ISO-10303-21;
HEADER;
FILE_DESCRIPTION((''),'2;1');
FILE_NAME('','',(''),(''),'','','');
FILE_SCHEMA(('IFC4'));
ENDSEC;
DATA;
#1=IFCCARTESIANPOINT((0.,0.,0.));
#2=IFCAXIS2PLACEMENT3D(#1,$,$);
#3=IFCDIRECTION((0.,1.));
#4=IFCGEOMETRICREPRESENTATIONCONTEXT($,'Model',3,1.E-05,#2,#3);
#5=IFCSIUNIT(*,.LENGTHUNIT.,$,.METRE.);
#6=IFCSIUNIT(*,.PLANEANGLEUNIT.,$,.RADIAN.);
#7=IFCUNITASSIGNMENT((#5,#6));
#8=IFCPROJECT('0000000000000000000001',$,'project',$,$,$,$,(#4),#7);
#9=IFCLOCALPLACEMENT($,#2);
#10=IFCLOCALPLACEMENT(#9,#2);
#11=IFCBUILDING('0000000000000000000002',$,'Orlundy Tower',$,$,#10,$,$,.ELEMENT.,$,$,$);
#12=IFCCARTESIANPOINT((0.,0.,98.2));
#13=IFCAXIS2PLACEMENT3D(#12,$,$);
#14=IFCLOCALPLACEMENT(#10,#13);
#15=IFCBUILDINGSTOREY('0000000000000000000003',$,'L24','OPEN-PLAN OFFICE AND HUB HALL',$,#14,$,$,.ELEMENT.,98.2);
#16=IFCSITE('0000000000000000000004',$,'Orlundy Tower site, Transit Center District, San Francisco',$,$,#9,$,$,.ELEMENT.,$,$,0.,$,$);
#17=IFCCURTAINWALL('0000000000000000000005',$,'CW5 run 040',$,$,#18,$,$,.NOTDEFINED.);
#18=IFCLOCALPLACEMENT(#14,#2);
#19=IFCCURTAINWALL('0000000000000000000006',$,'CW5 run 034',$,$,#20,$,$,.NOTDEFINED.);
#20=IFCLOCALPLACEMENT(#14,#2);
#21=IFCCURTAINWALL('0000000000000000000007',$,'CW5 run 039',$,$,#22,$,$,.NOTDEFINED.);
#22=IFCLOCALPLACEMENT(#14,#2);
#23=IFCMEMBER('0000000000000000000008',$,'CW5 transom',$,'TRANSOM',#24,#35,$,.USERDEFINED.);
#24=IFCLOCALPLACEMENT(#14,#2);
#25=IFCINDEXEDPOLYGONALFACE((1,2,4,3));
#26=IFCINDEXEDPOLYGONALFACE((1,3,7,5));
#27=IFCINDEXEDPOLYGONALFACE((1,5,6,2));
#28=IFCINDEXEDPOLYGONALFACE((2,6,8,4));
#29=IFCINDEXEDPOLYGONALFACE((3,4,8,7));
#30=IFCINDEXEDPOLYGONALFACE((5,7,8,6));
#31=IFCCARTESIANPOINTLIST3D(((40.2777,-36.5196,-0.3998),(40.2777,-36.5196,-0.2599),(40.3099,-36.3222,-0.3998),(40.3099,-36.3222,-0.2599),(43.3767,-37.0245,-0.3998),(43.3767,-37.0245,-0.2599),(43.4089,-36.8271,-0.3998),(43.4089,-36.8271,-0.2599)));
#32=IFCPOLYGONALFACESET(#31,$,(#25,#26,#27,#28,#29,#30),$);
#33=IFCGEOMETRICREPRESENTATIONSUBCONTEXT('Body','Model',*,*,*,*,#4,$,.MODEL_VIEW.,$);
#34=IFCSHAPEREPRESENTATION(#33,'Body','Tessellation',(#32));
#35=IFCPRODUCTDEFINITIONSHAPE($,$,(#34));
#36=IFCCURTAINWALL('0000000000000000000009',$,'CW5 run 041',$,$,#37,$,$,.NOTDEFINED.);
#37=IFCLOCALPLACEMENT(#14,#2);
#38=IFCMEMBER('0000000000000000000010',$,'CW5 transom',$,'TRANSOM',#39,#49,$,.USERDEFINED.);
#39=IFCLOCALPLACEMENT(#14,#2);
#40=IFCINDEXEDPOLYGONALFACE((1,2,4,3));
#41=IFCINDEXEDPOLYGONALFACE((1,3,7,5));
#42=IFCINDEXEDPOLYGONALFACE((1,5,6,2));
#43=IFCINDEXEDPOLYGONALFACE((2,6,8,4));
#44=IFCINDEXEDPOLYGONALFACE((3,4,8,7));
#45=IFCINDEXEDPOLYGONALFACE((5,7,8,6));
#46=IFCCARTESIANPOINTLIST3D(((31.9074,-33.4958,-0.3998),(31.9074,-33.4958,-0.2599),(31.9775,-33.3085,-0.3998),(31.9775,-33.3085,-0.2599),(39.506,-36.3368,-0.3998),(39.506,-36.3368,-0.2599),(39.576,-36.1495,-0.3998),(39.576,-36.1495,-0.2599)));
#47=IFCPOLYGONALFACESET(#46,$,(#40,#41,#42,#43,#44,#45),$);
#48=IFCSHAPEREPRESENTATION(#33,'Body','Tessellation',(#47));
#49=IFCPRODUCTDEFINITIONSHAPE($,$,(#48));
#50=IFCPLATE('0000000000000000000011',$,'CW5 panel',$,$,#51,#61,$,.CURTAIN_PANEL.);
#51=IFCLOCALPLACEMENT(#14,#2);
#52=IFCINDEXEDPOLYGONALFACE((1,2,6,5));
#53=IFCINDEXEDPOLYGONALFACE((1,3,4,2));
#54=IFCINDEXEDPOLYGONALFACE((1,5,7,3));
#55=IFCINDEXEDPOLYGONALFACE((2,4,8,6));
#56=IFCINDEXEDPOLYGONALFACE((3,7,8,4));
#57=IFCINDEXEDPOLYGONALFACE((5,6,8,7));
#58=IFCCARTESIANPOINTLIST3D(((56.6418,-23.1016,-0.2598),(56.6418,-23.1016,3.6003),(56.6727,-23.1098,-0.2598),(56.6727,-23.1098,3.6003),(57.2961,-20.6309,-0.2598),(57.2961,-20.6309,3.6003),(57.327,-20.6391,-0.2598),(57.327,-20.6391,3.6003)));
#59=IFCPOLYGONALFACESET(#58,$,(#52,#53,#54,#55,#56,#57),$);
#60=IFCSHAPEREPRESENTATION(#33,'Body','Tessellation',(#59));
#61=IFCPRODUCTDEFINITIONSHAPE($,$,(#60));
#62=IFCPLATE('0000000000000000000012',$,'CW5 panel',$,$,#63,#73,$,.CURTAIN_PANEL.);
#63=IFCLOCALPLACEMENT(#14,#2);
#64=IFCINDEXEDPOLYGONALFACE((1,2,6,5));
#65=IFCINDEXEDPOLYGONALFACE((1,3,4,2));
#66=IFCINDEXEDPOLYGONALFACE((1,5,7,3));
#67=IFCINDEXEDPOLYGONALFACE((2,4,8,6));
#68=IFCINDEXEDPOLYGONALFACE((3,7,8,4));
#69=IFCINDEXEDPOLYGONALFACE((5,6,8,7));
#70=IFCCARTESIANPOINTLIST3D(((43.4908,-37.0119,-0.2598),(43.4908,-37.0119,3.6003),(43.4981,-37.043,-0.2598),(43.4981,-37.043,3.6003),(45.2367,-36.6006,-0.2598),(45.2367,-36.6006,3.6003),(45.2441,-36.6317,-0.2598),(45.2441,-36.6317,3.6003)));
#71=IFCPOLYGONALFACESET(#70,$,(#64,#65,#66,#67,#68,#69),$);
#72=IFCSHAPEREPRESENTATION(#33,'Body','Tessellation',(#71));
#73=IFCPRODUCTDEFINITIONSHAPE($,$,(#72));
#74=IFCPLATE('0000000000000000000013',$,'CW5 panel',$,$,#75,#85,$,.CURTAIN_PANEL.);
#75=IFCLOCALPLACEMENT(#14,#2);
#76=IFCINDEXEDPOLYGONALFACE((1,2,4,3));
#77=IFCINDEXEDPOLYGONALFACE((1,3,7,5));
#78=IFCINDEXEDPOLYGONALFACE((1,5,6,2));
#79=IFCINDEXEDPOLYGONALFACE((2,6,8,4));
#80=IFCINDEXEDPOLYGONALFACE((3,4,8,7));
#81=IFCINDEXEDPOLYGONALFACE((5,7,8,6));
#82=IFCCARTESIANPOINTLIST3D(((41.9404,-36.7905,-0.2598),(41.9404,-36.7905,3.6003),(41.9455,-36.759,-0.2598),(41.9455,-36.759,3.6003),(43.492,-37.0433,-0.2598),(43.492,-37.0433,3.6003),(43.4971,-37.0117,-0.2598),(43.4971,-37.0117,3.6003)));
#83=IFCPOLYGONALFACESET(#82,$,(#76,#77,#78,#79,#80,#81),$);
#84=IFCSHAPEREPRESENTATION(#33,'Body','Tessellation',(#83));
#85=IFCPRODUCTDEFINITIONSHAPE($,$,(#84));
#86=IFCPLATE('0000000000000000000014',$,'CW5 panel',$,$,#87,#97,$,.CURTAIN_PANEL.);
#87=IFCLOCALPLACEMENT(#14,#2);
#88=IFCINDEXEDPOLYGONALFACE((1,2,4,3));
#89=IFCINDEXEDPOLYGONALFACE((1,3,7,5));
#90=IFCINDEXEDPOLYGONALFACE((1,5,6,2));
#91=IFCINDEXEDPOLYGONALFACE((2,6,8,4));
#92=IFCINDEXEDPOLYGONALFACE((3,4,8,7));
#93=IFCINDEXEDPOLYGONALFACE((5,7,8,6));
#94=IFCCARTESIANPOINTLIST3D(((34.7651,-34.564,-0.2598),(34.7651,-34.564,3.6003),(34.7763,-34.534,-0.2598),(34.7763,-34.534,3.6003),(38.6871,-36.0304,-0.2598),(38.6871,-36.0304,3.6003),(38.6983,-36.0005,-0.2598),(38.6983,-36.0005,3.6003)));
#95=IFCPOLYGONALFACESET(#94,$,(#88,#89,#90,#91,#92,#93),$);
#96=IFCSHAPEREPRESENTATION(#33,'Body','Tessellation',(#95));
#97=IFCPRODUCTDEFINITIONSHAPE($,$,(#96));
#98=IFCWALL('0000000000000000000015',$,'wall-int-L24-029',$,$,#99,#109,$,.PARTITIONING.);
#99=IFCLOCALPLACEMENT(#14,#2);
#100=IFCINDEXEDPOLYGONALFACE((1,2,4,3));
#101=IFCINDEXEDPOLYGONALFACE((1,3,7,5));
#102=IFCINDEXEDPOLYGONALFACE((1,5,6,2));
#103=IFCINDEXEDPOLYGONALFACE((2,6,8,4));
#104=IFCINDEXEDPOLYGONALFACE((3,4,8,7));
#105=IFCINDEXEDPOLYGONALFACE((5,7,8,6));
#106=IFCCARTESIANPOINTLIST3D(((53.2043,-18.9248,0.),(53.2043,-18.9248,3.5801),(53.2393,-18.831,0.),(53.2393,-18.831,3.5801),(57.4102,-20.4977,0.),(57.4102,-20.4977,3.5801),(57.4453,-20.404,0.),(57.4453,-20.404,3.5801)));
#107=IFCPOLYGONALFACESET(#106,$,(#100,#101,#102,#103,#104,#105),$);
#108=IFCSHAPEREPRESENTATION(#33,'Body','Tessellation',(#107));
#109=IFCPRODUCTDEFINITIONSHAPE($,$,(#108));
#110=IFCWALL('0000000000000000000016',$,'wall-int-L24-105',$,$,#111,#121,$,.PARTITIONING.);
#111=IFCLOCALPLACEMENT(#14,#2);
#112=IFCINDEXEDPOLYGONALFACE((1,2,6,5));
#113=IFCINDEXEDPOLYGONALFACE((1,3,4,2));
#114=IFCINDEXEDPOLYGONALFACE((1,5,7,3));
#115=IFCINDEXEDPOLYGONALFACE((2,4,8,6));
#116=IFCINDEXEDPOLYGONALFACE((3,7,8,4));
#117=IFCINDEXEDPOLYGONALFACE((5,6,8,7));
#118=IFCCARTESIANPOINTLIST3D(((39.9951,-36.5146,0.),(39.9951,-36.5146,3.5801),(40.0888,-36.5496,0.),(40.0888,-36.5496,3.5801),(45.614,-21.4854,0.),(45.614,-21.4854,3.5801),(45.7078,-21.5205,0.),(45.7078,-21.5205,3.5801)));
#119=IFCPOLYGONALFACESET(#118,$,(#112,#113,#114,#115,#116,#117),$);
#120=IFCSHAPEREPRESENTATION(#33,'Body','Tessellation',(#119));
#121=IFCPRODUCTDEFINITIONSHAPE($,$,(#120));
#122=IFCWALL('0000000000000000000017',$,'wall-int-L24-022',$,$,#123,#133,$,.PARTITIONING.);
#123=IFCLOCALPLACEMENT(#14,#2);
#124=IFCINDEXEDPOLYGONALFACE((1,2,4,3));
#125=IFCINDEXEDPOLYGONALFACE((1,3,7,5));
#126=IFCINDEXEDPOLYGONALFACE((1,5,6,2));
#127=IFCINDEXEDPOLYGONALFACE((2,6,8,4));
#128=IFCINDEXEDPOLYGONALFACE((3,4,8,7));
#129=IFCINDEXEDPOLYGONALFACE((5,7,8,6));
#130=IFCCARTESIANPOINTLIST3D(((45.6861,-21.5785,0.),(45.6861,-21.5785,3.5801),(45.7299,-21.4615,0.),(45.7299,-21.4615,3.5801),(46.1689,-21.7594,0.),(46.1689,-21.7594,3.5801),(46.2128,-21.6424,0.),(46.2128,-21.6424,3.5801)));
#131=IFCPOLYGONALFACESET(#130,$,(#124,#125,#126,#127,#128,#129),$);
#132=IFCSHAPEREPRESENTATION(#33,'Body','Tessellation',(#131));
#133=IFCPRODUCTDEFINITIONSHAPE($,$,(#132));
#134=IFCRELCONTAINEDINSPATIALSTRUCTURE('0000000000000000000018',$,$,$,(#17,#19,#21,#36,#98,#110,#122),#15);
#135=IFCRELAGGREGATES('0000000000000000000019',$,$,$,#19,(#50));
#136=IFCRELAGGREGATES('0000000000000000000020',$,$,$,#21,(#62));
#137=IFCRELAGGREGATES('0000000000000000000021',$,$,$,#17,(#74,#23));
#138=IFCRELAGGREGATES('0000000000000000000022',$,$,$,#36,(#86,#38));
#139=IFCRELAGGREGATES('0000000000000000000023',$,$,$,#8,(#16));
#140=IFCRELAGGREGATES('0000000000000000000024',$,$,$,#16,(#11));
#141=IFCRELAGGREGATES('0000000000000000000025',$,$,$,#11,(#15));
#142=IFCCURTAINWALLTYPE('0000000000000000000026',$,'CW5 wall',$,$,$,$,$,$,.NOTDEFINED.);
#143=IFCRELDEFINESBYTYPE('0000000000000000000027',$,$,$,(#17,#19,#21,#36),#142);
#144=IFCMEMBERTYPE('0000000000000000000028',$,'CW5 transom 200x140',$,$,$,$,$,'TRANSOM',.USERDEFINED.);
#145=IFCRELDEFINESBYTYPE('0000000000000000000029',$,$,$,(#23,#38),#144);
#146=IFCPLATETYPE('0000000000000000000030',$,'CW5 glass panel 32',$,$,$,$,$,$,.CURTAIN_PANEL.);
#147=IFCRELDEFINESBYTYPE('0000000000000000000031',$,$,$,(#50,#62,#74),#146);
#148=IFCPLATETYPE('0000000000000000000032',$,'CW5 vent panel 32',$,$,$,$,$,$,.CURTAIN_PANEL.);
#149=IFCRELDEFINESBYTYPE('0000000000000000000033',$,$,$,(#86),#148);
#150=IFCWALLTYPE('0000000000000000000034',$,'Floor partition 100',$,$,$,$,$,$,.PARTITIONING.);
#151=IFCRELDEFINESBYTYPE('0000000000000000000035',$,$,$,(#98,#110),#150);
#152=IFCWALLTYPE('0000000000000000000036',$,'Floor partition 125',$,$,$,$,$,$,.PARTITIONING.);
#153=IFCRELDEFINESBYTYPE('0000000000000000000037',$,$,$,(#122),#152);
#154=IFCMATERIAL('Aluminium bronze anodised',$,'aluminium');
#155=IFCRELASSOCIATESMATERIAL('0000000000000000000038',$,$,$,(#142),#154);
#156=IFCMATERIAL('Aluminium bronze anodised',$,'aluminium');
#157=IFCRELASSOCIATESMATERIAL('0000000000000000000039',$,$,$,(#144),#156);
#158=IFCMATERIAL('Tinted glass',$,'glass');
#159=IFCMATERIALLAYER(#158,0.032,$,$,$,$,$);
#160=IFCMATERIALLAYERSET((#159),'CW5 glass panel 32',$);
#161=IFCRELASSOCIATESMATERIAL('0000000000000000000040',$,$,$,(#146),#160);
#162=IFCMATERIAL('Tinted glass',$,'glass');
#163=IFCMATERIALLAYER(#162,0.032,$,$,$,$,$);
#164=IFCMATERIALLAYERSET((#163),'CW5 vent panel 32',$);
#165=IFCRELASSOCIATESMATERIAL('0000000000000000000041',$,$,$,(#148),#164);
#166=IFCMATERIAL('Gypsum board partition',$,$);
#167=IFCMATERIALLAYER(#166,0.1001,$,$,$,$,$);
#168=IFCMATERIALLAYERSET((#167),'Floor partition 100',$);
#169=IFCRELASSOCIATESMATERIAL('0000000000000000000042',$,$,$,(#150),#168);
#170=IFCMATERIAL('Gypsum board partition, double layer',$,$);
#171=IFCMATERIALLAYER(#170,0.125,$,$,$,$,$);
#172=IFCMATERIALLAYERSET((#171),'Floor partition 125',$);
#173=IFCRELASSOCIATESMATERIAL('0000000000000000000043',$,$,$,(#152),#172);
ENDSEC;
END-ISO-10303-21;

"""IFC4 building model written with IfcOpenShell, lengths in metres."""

from ifc_helpers import new_model, si_unit, direction, frame, frame_2d, origin, origin_2d, place, context, subcontext, project, spatial, rectangle, extrude, material, layer, layer_set, material_profile, profile_set, type_object, element, aggregate, save


model = new_model("IFC4")

# Units and contexts
model_context = context("Model", 3, precision=1e-05, world=origin(), true_north=direction((0.0, 1.0)))
body_context = subcontext(model_context, "Body", "Model", "MODEL_VIEW")
ifc_project = project(units=[si_unit("LENGTHUNIT", "METRE"), si_unit("PLANEANGLEUNIT", "RADIAN")], contexts=[model_context])

# Site, building, storey
site_placement = place(None, origin())
site = spatial("IfcSite", under=ifc_project, at=site_placement, Name="Orlundy Tower site, Transit Center District, San Francisco", CompositionType="ELEMENT", RefElevation=0.0)
building_placement = place(site_placement, origin())
building = spatial("IfcBuilding", under=site, at=building_placement, Name="Orlundy Tower", CompositionType="ELEMENT")
storey_placement = place(building_placement, frame((0.0, 0.0, 98.2)))
storey = spatial("IfcBuildingStorey", under=building, at=storey_placement, Name="L24", Description="OPEN-PLAN OFFICE AND HUB HALL", CompositionType="ELEMENT", Elevation=98.2)

# Curtain wall
ifc_material_1 = material(Name="Aluminium bronze anodised", Category="aluminium")
curtain_wall_type = type_object("IfcCurtainWallType", Name="CW5 wall", PredefinedType="NOTDEFINED", material=ifc_material_1)
curtain_wall_1_placement = place(storey_placement, origin())
curtain_wall_1 = element("IfcCurtainWall", 1, at=curtain_wall_1_placement, inside=storey, type_object=curtain_wall_type, Name="CW5 run 040", PredefinedType="NOTDEFINED")

# Curtain wall
curtain_wall_2_placement = place(storey_placement, origin())
curtain_wall_2 = element("IfcCurtainWall", 2, at=curtain_wall_2_placement, inside=storey, type_object=curtain_wall_type, Name="CW5 run 034", PredefinedType="NOTDEFINED")
ifc_material_2 = material(Name="Aluminium bronze anodised", Category="aluminium")
ifc_material_profile_1 = material_profile(ifc_material_2, rectangle(XDim=0.2, YDim=0.1399, at=origin_2d()), Name="CW5 transom 200x140")
ifc_profile_set_1 = profile_set([ifc_material_profile_1], Name="Aluminium bronze anodised")
member_type_1 = type_object("IfcMemberType", Name="CW5 transom 200x140", ElementType="TRANSOM", PredefinedType="USERDEFINED", material=ifc_profile_set_1)

# Curtain wall
curtain_wall_3_placement = place(storey_placement, origin())
curtain_wall_3 = element("IfcCurtainWall", 3, at=curtain_wall_3_placement, inside=storey, type_object=curtain_wall_type, Name="CW5 run 039", PredefinedType="NOTDEFINED")

# Member
member_1_placement = place(storey_placement, frame((43.3928, -36.9258, -0.3298), z_axis=(-0.986988, 0.160792, 0.0), x_axis=(-0.160792, -0.986988, 0.0)))
member_1 = element("IfcMember", 4, at=member_1_placement, type_object=member_type_1, Name="CW5 transom", ObjectType="TRANSOM", PredefinedType="USERDEFINED", context=body_context, shape_type="SweptSolid", body=[
    extrude(rectangle(XDim=0.2, YDim=0.1399, at=origin_2d()), origin(), (0.0, 0.0, 1.0), 3.1399),
])

# Curtain wall, member
curtain_wall_4_placement = place(storey_placement, origin())
curtain_wall_4 = element("IfcCurtainWall", 5, at=curtain_wall_4_placement, inside=storey, type_object=curtain_wall_type, Name="CW5 run 041", PredefinedType="NOTDEFINED")
member_2_placement = place(storey_placement, frame((39.541, -36.2432, -0.3298), z_axis=(-0.93667, 0.350213, 0.0), x_axis=(-0.350213, -0.93667, 0.0)))
member_2 = element("IfcMember", 6, at=member_2_placement, type_object=member_type_1, Name="CW5 transom", ObjectType="TRANSOM", PredefinedType="USERDEFINED", context=body_context, shape_type="SweptSolid", body=[
    extrude(rectangle(XDim=0.2, YDim=0.1399, at=origin_2d()), origin(), (0.0, 0.0, 1.0), 8.1123),
])

# Plates
ifc_material_3 = material(Name="Tinted glass", Category="glass")
ifc_layer_1 = layer(ifc_material_3, 0.032)
ifc_layer_set_1 = layer_set([ifc_layer_1], Name="CW5 glass panel 32")
plate_type_1 = type_object("IfcPlateType", Name="CW5 glass panel 32", PredefinedType="CURTAIN_PANEL", material=ifc_layer_set_1)
plate_1_placement = place(storey_placement, frame((56.9844, -21.8704, -0.2598), z_axis=(0.0, 0.0, 1.0), x_axis=(-0.255991, -0.966679, 0.0)))
plate_1 = element("IfcPlate", 7, at=plate_1_placement, type_object=plate_type_1, Name="CW5 panel", PredefinedType="CURTAIN_PANEL", context=body_context, shape_type="SweptSolid", body=[
    extrude(rectangle(XDim=2.5559, YDim=0.032, at=origin_2d()), origin(), (0.0, 0.0, 1.0), 3.8601),
])
aggregate(curtain_wall_2, [plate_1])
plate_2_placement = place(storey_placement, frame((44.3674, -36.8218, -0.2598), z_axis=(0.0, 0.0, 1.0), x_axis=(-0.973353, -0.22931, 0.0)))
plate_2 = element("IfcPlate", 8, at=plate_2_placement, type_object=plate_type_1, Name="CW5 panel", PredefinedType="CURTAIN_PANEL", context=body_context, shape_type="SweptSolid", body=[
    extrude(rectangle(XDim=1.7937, YDim=0.032, at=origin_2d()), origin(), (0.0, 0.0, 1.0), 3.8601),
])
aggregate(curtain_wall_3, [plate_2])
plate_3_placement = place(storey_placement, frame((42.7188, -36.9011, -0.2598), z_axis=(0.0, 0.0, 1.0), x_axis=(-0.986992, 0.160767, 0.0)))
plate_3 = element("IfcPlate", 9, at=plate_3_placement, type_object=plate_type_1, Name="CW5 panel", PredefinedType="CURTAIN_PANEL", context=body_context, shape_type="SweptSolid", body=[
    extrude(rectangle(XDim=1.572, YDim=0.032, at=origin_2d()), origin(), (0.0, 0.0, 1.0), 3.8601),
])
aggregate(curtain_wall_1, [plate_3, member_1])
ifc_material_4 = material(Name="Tinted glass", Category="glass")
ifc_layer_2 = layer(ifc_material_4, 0.032)
ifc_layer_set_2 = layer_set([ifc_layer_2], Name="CW5 vent panel 32")
plate_type_2 = type_object("IfcPlateType", Name="CW5 vent panel 32", PredefinedType="CURTAIN_PANEL", material=ifc_layer_set_2)
plate_4_placement = place(storey_placement, frame((36.7317, -35.2822, -0.2598), z_axis=(0.0, 0.0, 1.0), x_axis=(-0.936668, 0.350219, 0.0)))
plate_4 = element("IfcPlate", 10, at=plate_4_placement, type_object=plate_type_2, Name="CW5 panel", PredefinedType="CURTAIN_PANEL", context=body_context, shape_type="SweptSolid", body=[
    extrude(rectangle(XDim=4.1873, YDim=0.032, at=origin_2d()), origin(), (0.0, 0.0, 1.0), 3.8601),
])
aggregate(curtain_wall_4, [plate_4, member_2])

# Walls
ifc_material_5 = material(Name="Gypsum board partition")
ifc_layer_3 = layer(ifc_material_5, 0.1001)
ifc_layer_set_3 = layer_set([ifc_layer_3], Name="Floor partition 100")
wall_type_1 = type_object("IfcWallType", Name="Floor partition 100", PredefinedType="PARTITIONING", material=ifc_layer_set_3)
wall_1_placement = place(storey_placement, frame((53.2219, -18.8779, 0.0), z_axis=(0.0, 0.0, 1.0), x_axis=(0.936642, -0.350289, 0.0)))
element("IfcWall", 11, at=wall_1_placement, inside=storey, type_object=wall_type_1, Name="wall-int-L24-029", PredefinedType="PARTITIONING", context=body_context, shape_type="SweptSolid", body=[
    extrude(rectangle(XDim=4.4905, YDim=0.1001, at=frame_2d((2.2451, 0.0))), origin(), (0.0, 0.0, 1.0), 3.5801),
])
wall_2_placement = place(storey_placement, frame((40.042, -36.532, 0.0), z_axis=(0.0, 0.0, 1.0), x_axis=(0.350194, 0.936677, 0.0)))
element("IfcWall", 12, at=wall_2_placement, inside=storey, type_object=wall_type_1, Name="wall-int-L24-105", PredefinedType="PARTITIONING", context=body_context, shape_type="SweptSolid", body=[
    extrude(rectangle(XDim=16.0452, YDim=0.1001, at=frame_2d((8.0225, 0.0))), origin(), (0.0, 0.0, 1.0), 3.5801),
])
ifc_material_6 = material(Name="Gypsum board partition, double layer")
ifc_layer_4 = layer(ifc_material_6, 0.125)
ifc_layer_set_4 = layer_set([ifc_layer_4], Name="Floor partition 125")
wall_type_2 = type_object("IfcWallType", Name="Floor partition 125", PredefinedType="PARTITIONING", material=ifc_layer_set_4)
wall_3_placement = place(storey_placement, frame((45.708, -21.52, 0.0), z_axis=(0.0, 0.0, 1.0), x_axis=(0.936446, -0.350812, 0.0)))
element("IfcWall", 13, at=wall_3_placement, inside=storey, type_object=wall_type_2, Name="wall-int-L24-022", PredefinedType="PARTITIONING", context=body_context, shape_type="SweptSolid", body=[
    extrude(rectangle(XDim=0.5156, YDim=0.125, at=frame_2d((0.2578, 0.0))), origin(), (0.0, 0.0, 1.0), 3.5801),
])

save(model, "model.ifc")
